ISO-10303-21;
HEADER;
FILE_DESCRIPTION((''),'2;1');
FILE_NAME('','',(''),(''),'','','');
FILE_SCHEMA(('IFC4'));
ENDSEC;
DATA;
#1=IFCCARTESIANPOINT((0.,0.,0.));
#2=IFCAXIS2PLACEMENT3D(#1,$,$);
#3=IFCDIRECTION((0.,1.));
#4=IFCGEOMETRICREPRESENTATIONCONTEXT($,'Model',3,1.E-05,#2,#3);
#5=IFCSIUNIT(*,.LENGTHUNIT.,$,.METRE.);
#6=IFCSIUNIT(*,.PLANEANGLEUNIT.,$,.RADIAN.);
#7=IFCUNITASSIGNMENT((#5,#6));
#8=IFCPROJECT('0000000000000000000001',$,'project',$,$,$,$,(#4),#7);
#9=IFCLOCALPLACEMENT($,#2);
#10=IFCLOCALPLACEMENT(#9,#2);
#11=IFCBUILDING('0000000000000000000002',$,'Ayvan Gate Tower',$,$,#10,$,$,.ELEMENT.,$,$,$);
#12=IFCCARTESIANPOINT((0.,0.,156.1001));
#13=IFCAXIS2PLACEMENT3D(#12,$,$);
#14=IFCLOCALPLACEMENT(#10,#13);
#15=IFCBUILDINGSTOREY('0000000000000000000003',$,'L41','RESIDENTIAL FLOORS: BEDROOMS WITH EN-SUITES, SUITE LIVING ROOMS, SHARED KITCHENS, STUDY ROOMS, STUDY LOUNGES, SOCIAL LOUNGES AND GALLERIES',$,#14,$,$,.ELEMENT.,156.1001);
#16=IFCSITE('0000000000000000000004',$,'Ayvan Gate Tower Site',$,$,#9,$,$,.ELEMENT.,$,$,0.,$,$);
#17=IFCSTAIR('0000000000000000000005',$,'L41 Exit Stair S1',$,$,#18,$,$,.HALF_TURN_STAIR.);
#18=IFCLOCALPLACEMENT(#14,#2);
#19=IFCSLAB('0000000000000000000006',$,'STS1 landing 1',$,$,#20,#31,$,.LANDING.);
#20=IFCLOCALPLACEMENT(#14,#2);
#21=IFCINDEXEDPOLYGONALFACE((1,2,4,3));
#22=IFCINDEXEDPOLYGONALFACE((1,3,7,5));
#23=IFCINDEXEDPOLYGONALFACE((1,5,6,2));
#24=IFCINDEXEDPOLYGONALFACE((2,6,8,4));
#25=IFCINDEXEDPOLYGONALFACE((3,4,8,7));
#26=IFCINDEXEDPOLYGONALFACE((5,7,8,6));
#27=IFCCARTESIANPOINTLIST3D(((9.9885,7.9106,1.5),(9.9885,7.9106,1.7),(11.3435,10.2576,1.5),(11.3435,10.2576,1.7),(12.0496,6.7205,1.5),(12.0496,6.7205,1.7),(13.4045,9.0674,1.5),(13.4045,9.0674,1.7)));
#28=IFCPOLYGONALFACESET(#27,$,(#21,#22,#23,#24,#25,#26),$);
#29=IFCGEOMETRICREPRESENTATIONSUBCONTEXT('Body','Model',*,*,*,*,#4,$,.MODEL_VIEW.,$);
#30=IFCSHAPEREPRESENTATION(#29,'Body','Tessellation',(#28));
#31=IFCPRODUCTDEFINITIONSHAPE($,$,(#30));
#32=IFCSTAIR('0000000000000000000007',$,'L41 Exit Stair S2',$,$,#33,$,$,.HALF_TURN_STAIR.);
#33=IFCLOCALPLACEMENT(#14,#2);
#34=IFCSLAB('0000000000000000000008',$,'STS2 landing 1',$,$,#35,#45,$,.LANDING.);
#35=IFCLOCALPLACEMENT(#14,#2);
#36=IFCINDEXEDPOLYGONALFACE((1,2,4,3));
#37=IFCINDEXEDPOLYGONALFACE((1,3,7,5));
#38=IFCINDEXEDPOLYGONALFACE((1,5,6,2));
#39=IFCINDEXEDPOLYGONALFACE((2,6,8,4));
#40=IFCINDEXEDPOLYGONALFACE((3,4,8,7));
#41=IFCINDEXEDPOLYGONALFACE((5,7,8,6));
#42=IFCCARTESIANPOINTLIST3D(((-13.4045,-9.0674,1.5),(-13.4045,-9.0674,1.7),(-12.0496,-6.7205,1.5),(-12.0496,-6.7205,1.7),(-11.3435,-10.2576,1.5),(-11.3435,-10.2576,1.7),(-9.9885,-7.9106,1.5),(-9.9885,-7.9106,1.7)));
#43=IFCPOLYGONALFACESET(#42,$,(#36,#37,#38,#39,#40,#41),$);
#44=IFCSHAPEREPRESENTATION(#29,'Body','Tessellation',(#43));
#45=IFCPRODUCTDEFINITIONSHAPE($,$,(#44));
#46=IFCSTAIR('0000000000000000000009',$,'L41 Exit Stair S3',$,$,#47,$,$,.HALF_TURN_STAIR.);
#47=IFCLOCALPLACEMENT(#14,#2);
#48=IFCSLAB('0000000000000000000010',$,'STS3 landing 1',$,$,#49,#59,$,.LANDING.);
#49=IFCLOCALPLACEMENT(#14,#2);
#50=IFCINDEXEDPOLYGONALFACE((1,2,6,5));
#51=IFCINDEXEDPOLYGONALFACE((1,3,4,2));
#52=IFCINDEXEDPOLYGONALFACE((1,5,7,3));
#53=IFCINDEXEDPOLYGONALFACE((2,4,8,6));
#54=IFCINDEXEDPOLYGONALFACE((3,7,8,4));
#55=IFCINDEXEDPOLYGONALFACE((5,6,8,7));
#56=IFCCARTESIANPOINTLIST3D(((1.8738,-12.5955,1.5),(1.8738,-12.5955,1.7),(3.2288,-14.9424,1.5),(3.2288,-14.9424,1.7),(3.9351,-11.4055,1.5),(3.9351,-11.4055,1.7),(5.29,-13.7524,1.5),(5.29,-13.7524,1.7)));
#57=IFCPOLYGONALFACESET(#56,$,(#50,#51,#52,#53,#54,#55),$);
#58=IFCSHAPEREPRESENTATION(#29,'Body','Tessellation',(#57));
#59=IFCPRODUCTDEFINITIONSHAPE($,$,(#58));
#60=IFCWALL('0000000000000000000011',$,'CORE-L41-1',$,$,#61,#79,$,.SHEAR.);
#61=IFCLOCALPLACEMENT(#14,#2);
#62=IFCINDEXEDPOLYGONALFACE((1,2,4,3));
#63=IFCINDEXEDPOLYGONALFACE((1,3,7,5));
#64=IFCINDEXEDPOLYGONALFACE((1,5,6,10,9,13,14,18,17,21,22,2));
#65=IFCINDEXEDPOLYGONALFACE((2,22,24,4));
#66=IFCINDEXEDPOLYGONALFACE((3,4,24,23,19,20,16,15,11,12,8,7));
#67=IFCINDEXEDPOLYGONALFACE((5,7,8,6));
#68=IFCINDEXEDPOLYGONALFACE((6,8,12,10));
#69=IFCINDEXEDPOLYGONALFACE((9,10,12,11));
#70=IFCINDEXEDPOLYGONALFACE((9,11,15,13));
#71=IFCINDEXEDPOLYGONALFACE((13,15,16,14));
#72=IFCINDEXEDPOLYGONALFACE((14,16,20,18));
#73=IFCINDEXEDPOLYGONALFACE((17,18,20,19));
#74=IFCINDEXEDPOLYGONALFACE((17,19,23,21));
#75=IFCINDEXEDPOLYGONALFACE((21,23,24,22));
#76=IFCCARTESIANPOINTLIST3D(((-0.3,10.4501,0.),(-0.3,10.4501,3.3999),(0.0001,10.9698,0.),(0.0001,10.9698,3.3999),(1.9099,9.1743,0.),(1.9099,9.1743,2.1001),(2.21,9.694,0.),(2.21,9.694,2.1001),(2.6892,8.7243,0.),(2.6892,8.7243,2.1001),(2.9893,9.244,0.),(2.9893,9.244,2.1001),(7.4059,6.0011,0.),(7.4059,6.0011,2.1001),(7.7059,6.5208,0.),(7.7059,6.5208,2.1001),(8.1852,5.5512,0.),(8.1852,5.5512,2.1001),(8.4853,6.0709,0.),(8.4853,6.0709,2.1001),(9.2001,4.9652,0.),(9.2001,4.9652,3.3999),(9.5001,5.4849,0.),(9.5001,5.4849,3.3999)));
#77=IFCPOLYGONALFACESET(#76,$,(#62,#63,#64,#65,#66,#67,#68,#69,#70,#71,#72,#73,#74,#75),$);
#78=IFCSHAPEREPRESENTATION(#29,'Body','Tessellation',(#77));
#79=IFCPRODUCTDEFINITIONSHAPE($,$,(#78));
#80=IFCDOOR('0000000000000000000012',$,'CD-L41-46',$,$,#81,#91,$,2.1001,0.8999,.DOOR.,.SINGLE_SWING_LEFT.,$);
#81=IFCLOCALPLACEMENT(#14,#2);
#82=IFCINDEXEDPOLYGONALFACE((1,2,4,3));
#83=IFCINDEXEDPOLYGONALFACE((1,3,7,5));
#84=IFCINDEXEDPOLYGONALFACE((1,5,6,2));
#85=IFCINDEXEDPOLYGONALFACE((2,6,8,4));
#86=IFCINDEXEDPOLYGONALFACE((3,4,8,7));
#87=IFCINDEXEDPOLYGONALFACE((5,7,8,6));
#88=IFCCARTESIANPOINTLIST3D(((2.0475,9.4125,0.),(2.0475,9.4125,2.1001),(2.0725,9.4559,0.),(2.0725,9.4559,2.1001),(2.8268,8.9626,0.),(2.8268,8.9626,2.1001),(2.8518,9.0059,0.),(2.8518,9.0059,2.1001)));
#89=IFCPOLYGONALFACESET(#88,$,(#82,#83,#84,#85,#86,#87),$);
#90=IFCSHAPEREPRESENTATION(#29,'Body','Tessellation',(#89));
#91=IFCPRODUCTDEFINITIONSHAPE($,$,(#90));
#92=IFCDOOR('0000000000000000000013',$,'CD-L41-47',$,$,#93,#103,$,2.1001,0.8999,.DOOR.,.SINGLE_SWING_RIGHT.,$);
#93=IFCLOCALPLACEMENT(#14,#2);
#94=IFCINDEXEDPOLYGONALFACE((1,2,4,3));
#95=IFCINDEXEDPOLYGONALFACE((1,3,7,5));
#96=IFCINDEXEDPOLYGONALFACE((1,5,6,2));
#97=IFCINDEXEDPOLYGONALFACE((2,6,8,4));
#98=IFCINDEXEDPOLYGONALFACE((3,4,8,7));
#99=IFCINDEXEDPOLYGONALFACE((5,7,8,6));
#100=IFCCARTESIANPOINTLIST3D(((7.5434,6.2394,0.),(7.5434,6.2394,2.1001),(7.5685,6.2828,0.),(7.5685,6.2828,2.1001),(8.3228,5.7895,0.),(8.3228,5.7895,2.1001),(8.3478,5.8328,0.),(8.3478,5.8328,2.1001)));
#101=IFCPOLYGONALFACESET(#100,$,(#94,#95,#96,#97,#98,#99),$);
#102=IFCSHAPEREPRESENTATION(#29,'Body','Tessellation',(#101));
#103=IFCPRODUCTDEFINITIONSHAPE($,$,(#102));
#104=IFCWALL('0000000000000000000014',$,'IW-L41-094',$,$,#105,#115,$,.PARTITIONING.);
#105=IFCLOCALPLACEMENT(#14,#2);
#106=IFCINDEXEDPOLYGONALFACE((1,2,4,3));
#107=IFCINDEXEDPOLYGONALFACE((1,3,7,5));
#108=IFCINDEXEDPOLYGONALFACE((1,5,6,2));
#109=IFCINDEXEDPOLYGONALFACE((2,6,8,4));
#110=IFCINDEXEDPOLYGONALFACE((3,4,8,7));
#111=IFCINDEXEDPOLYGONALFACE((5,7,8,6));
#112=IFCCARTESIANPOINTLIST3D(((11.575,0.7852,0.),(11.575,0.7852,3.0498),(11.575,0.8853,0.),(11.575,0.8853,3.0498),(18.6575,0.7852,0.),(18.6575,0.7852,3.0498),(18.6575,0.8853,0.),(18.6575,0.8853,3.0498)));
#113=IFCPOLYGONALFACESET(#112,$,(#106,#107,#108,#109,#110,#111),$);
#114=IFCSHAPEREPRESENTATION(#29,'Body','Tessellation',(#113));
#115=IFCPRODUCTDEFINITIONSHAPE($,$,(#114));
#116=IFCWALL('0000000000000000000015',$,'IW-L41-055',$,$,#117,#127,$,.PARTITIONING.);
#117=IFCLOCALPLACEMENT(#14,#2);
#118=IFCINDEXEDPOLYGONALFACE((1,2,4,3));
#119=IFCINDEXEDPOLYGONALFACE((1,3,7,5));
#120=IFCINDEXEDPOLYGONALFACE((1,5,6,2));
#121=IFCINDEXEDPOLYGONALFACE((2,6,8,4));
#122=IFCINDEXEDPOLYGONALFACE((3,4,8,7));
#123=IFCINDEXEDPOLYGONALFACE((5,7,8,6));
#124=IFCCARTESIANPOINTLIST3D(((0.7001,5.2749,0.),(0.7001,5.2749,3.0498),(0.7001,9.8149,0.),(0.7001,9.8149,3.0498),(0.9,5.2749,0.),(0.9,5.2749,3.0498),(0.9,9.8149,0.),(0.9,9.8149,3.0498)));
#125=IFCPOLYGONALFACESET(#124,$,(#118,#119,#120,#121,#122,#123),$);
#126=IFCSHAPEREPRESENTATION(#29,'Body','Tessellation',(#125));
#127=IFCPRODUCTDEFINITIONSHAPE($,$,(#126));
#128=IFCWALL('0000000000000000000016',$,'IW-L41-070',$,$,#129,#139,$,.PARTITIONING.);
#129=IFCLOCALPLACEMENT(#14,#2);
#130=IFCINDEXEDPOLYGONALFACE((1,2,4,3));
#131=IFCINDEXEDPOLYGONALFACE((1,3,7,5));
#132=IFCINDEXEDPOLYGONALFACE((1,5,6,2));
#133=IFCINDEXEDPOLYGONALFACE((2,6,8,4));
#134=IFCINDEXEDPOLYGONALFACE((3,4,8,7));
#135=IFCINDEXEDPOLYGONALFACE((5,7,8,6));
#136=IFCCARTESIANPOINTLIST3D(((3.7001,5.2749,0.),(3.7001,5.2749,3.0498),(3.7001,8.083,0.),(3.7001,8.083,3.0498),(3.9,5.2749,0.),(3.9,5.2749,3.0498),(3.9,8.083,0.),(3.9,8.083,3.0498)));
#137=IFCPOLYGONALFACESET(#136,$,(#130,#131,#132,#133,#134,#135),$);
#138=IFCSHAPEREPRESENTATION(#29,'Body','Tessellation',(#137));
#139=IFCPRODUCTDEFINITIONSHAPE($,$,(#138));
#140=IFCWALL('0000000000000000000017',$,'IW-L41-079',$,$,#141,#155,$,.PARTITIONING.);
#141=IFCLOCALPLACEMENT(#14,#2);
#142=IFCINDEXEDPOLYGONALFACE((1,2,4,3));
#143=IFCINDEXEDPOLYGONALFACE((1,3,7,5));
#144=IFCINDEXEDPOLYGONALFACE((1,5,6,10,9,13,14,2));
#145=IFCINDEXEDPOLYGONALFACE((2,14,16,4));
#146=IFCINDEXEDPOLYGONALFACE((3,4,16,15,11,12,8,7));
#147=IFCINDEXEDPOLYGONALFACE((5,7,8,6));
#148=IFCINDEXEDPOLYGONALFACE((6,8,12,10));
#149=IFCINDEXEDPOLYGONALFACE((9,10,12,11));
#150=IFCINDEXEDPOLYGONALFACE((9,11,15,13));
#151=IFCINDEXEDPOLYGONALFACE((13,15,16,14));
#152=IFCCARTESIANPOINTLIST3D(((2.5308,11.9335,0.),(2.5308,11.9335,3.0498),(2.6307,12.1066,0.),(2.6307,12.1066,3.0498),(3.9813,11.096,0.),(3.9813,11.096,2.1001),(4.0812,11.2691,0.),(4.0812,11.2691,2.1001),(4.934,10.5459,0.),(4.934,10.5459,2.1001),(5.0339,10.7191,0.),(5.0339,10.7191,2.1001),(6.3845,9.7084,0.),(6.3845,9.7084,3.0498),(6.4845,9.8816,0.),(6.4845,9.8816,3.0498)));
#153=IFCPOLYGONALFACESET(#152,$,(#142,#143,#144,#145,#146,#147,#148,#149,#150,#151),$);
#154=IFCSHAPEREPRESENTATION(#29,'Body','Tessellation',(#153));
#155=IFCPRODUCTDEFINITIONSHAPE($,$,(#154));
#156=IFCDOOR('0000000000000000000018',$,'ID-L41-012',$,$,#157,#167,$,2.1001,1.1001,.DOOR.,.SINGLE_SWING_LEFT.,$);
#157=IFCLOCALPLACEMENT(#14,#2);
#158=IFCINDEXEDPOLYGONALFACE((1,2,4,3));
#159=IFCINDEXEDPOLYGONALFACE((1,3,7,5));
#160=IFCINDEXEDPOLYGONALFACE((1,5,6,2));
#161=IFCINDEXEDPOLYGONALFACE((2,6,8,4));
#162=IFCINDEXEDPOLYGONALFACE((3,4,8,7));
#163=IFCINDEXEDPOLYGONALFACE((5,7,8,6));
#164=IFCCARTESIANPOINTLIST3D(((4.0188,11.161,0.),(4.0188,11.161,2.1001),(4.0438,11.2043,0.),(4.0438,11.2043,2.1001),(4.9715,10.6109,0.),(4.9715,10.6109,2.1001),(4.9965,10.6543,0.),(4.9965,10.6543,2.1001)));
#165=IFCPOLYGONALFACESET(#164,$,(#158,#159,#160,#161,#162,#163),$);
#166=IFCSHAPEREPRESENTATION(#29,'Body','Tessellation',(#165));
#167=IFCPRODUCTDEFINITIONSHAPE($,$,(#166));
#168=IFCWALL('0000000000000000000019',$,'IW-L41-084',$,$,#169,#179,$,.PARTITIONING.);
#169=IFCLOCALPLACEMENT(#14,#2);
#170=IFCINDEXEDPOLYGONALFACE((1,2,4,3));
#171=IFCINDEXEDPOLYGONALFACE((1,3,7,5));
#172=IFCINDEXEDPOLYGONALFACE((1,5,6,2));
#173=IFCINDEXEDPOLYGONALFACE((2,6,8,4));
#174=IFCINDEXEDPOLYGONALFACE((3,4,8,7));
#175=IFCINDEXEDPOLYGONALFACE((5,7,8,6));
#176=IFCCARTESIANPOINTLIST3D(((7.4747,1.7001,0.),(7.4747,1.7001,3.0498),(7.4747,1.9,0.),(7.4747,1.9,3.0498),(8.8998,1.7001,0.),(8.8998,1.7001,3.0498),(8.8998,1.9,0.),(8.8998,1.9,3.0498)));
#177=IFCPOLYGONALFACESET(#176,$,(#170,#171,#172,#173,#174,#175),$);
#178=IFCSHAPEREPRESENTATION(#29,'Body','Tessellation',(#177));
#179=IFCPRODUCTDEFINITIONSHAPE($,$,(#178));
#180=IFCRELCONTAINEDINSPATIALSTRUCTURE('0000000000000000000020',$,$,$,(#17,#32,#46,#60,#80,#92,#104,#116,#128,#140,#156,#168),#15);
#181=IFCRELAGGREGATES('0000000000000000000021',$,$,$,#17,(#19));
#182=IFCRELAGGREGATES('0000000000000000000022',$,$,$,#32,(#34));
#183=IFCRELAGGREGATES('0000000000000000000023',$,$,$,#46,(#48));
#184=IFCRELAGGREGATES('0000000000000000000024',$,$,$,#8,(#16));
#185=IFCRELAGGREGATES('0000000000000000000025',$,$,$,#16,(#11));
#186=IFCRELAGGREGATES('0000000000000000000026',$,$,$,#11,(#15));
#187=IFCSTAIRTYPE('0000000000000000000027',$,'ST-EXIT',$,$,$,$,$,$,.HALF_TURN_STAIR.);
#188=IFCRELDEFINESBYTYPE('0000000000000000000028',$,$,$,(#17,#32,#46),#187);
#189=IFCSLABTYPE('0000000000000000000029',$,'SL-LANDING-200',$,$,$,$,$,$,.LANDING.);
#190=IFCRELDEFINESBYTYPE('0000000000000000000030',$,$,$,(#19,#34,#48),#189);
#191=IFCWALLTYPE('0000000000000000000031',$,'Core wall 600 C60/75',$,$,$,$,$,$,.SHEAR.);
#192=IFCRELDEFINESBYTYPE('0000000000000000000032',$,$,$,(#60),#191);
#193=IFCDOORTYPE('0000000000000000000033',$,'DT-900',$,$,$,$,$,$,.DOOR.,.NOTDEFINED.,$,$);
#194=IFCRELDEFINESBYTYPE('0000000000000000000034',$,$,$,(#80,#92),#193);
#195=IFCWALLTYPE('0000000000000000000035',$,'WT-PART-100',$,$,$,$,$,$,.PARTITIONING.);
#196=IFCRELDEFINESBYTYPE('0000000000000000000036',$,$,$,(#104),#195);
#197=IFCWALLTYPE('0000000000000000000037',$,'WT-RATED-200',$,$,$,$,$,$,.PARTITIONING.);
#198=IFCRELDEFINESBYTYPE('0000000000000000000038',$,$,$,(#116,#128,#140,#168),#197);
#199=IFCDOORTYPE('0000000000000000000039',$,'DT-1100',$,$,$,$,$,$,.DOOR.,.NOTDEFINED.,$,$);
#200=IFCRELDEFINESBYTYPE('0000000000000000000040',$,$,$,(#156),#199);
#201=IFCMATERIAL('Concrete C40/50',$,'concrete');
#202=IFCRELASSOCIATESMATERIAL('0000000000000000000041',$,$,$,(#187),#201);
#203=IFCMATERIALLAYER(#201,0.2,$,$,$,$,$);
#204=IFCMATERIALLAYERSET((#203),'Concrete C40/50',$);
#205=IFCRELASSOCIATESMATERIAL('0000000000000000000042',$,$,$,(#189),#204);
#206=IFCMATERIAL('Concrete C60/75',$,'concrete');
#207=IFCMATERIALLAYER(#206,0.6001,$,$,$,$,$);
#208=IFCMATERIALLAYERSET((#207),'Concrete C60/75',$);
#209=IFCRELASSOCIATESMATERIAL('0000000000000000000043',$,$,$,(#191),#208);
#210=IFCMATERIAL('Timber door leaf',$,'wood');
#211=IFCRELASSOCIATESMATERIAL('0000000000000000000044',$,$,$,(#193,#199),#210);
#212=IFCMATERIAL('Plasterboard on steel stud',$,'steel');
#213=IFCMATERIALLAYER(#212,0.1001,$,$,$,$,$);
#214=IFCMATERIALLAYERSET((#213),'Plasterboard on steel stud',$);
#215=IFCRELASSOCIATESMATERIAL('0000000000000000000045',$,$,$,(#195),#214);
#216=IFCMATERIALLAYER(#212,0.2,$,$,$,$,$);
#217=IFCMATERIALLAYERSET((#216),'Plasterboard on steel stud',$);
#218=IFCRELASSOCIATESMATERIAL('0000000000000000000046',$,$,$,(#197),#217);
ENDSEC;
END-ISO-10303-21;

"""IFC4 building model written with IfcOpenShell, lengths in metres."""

from ifc_helpers import new_model, si_unit, direction, frame, frame_2d, origin, place, context, subcontext, project, spatial, polyline, rectangle, outline, extrude, material, layer, layer_set, type_object, element, fill, aggregate, save


model = new_model("IFC4")

# Units and contexts
model_context = context("Model", 3, precision=1e-05, world=origin(), true_north=direction((0.0, 1.0)))
body_context = subcontext(model_context, "Body", "Model", "MODEL_VIEW")
ifc_project = project(units=[si_unit("LENGTHUNIT", "METRE"), si_unit("PLANEANGLEUNIT", "RADIAN")], contexts=[model_context])

# Site, building, storey
site_placement = place(None, origin())
site = spatial("IfcSite", under=ifc_project, at=site_placement, Name="Ayvan Gate Tower Site", CompositionType="ELEMENT", RefElevation=0.0)
building_placement = place(site_placement, origin())
building = spatial("IfcBuilding", under=site, at=building_placement, Name="Ayvan Gate Tower", CompositionType="ELEMENT")
storey_placement = place(building_placement, frame((0.0, 0.0, 156.1001)))
storey = spatial("IfcBuildingStorey", under=building, at=storey_placement, Name="L41", Description="RESIDENTIAL FLOORS: BEDROOMS WITH EN-SUITES, SUITE LIVING ROOMS, SHARED KITCHENS, STUDY ROOMS, STUDY LOUNGES, SOCIAL LOUNGES AND GALLERIES", CompositionType="ELEMENT", Elevation=156.1001)

# Stairs, slabs
ifc_material_1 = material(Name="Concrete C40/50", Category="concrete")
stair_type = type_object("IfcStairType", Name="ST-EXIT", PredefinedType="HALF_TURN_STAIR", material=ifc_material_1)
stair_1_placement = place(storey_placement, origin())
stair_1 = element("IfcStair", 1, at=stair_1_placement, inside=storey, type_object=stair_type, Name="L41 Exit Stair S1", PredefinedType="HALF_TURN_STAIR")
ifc_layer_1 = layer(ifc_material_1, 0.2)
ifc_layer_set_1 = layer_set([ifc_layer_1], Name="Concrete C40/50")
slab_type = type_object("IfcSlabType", Name="SL-LANDING-200", PredefinedType="LANDING", material=ifc_layer_set_1)
slab_1_placement = place(storey_placement, frame((0.0, 0.0, 1.5)))
slab_1 = element("IfcSlab", 2, at=slab_1_placement, type_object=slab_type, Name="STS1 landing 1", PredefinedType="LANDING", context=body_context, shape_type="SweptSolid", body=[
    extrude(outline(polyline([(9.9885, 7.9106), (12.0496, 6.7205), (13.4045, 9.0674), (11.3435, 10.2576), (9.9885, 7.9106)])), origin(), (0.0, 0.0, 1.0), 0.2),
])
aggregate(stair_1, [slab_1])
stair_2_placement = place(storey_placement, origin())
stair_2 = element("IfcStair", 3, at=stair_2_placement, inside=storey, type_object=stair_type, Name="L41 Exit Stair S2", PredefinedType="HALF_TURN_STAIR")
slab_2_placement = place(storey_placement, frame((0.0, 0.0, 1.5)))
slab_2 = element("IfcSlab", 4, at=slab_2_placement, type_object=slab_type, Name="STS2 landing 1", PredefinedType="LANDING", context=body_context, shape_type="SweptSolid", body=[
    extrude(outline(polyline([(-9.9885, -7.9106), (-12.0496, -6.7205), (-13.4045, -9.0674), (-11.3435, -10.2576), (-9.9885, -7.9106)])), origin(), (0.0, 0.0, 1.0), 0.2),
])
aggregate(stair_2, [slab_2])
stair_3_placement = place(storey_placement, origin())
stair_3 = element("IfcStair", 5, at=stair_3_placement, inside=storey, type_object=stair_type, Name="L41 Exit Stair S3", PredefinedType="HALF_TURN_STAIR")
slab_3_placement = place(storey_placement, frame((0.0, 0.0, 1.5)))
slab_3 = element("IfcSlab", 6, at=slab_3_placement, type_object=slab_type, Name="STS3 landing 1", PredefinedType="LANDING", context=body_context, shape_type="SweptSolid", body=[
    extrude(outline(polyline([(3.9351, -11.4055), (1.8738, -12.5955), (3.2288, -14.9424), (5.29, -13.7524), (3.9351, -11.4055)])), origin(), (0.0, 0.0, 1.0), 0.2),
])
aggregate(stair_3, [slab_3])

# Wall, openings, doors
ifc_material_2 = material(Name="Concrete C60/75", Category="concrete")
ifc_layer_2 = layer(ifc_material_2, 0.6001)
ifc_layer_set_2 = layer_set([ifc_layer_2], Name="Concrete C60/75")
wall_type_1 = type_object("IfcWallType", Name="Core wall 600 C60/75", PredefinedType="SHEAR", material=ifc_layer_set_2)
wall_1_placement = place(storey_placement, frame((9.3501, 5.2251, 0.0), z_axis=(0.0, 0.0, 1.0), x_axis=(-0.866024, 0.500002, 0.0)))
wall_1 = element("IfcWall", 7, at=wall_1_placement, inside=storey, type_object=wall_type_1, Name="CORE-L41-1", PredefinedType="SHEAR", context=body_context, shape_type="SweptSolid", body=[
    extrude(rectangle(XDim=10.9697, YDim=0.6001, at=frame_2d((5.4849, 0.0))), origin(), (0.0, 0.0, 1.0), 3.3999),
])
opening_1_placement = place(wall_1_placement, frame((7.5181, 0.0, 0.0)))
opening_1 = element("IfcOpeningElement", 8, at=opening_1_placement, cuts=wall_1, PredefinedType="OPENING", context=body_context, shape_type="SweptSolid", body=[
    extrude(rectangle(XDim=0.8999, YDim=2.1001, at=frame_2d((0.45, 1.05))), frame((0.0, 0.3101, 0.0), z_axis=(0.0, -1.0, 0.0), x_axis=(1.0, 0.0, 0.0)), (0.0, 0.0, 1.0), 0.6201),
])
opening_2_placement = place(wall_1_placement, frame((1.1719, 0.0, 0.0)))
opening_2 = element("IfcOpeningElement", 9, at=opening_2_placement, cuts=wall_1, PredefinedType="OPENING", context=body_context, shape_type="SweptSolid", body=[
    extrude(rectangle(XDim=0.8999, YDim=2.1001, at=frame_2d((0.45, 1.05))), frame((0.0, 0.3101, 0.0), z_axis=(0.0, -1.0, 0.0), x_axis=(1.0, 0.0, 0.0)), (0.0, 0.0, 1.0), 0.6201),
])
ifc_material_3 = material(Name="Timber door leaf", Category="wood")
door_type_1 = type_object("IfcDoorType", Name="DT-900", OperationType="NOTDEFINED", PredefinedType="DOOR", material=ifc_material_3)
door_1_placement = place(opening_1_placement, origin())
door_1 = element("IfcDoor", 10, at=door_1_placement, inside=storey, type_object=door_type_1, Name="CD-L41-46", OperationType="SINGLE_SWING_LEFT", OverallHeight=2.1001, OverallWidth=0.8999, PredefinedType="DOOR", context=body_context, shape_type="SweptSolid", body=[
    extrude(rectangle(XDim=0.8999, YDim=2.1001, at=frame_2d((0.45, 1.05))), frame((0.0, 0.0249, 0.0), z_axis=(0.0, -1.0, 0.0), x_axis=(1.0, 0.0, 0.0)), (0.0, 0.0, 1.0), 0.05),
])
fill(opening_1, door_1)
door_2_placement = place(opening_2_placement, origin())
door_2 = element("IfcDoor", 11, at=door_2_placement, inside=storey, type_object=door_type_1, Name="CD-L41-47", OperationType="SINGLE_SWING_RIGHT", OverallHeight=2.1001, OverallWidth=0.8999, PredefinedType="DOOR", context=body_context, shape_type="SweptSolid", body=[
    extrude(rectangle(XDim=0.8999, YDim=2.1001, at=frame_2d((0.45, 1.05))), frame((0.0, 0.0249, 0.0), z_axis=(0.0, -1.0, 0.0), x_axis=(1.0, 0.0, 0.0)), (0.0, 0.0, 1.0), 0.05),
])
fill(opening_2, door_2)

# Walls
ifc_material_4 = material(Name="Plasterboard on steel stud", Category="steel")
ifc_layer_3 = layer(ifc_material_4, 0.1001)
ifc_layer_set_3 = layer_set([ifc_layer_3], Name="Plasterboard on steel stud")
wall_type_2 = type_object("IfcWallType", Name="WT-PART-100", PredefinedType="PARTITIONING", material=ifc_layer_set_3)
wall_2_placement = place(storey_placement, frame((11.575, 0.8352, 0.0), z_axis=(0.0, 0.0, 1.0), x_axis=(1.0, 0.0, 0.0)))
element("IfcWall", 12, at=wall_2_placement, inside=storey, type_object=wall_type_2, Name="IW-L41-094", PredefinedType="PARTITIONING", context=body_context, shape_type="SweptSolid", body=[
    extrude(rectangle(XDim=7.0825, YDim=0.1001, at=frame_2d((3.5413, 0.0))), origin(), (0.0, 0.0, 1.0), 3.0498),
])
ifc_layer_4 = layer(ifc_material_4, 0.2)
ifc_layer_set_4 = layer_set([ifc_layer_4], Name="Plasterboard on steel stud")
wall_type_3 = type_object("IfcWallType", Name="WT-RATED-200", PredefinedType="PARTITIONING", material=ifc_layer_set_4)
wall_3_placement = place(storey_placement, frame((0.8, 9.8149, 0.0), z_axis=(0.0, 0.0, 1.0), x_axis=(0.0, -1.0, 0.0)))
element("IfcWall", 13, at=wall_3_placement, inside=storey, type_object=wall_type_3, Name="IW-L41-055", PredefinedType="PARTITIONING", context=body_context, shape_type="SweptSolid", body=[
    extrude(rectangle(XDim=4.54, YDim=0.2, at=frame_2d((2.27, 0.0))), origin(), (0.0, 0.0, 1.0), 3.0498),
])
wall_4_placement = place(storey_placement, frame((3.8, 8.083, 0.0), z_axis=(0.0, 0.0, 1.0), x_axis=(0.0, -1.0, 0.0)))
element("IfcWall", 14, at=wall_4_placement, inside=storey, type_object=wall_type_3, Name="IW-L41-070", PredefinedType="PARTITIONING", context=body_context, shape_type="SweptSolid", body=[
    extrude(rectangle(XDim=2.8081, YDim=0.2, at=frame_2d((1.4041, 0.0))), origin(), (0.0, 0.0, 1.0), 3.0498),
])

# Wall, opening, door
wall_5_placement = place(storey_placement, frame((6.4346, 9.7949, 0.0), z_axis=(0.0, 0.0, 1.0), x_axis=(-0.866013, 0.500022, 0.0)))
wall_5 = element("IfcWall", 15, at=wall_5_placement, inside=storey, type_object=wall_type_3, Name="IW-L41-079", PredefinedType="PARTITIONING", context=body_context, shape_type="SweptSolid", body=[
    extrude(rectangle(XDim=4.45, YDim=0.2, at=frame_2d((2.2251, 0.0))), origin(), (0.0, 0.0, 1.0), 3.0498),
])
opening_3_placement = place(wall_5_placement, frame((1.675, 0.0, 0.0)))
opening_3 = element("IfcOpeningElement", 16, at=opening_3_placement, cuts=wall_5, PredefinedType="OPENING", context=body_context, shape_type="SweptSolid", body=[
    extrude(rectangle(XDim=1.1001, YDim=2.1001, at=frame_2d((0.55, 1.05))), frame((0.0, 0.1099, 0.0), z_axis=(0.0, -1.0, 0.0), x_axis=(1.0, 0.0, 0.0)), (0.0, 0.0, 1.0), 0.22),
])
door_type_2 = type_object("IfcDoorType", Name="DT-1100", OperationType="NOTDEFINED", PredefinedType="DOOR", material=ifc_material_3)
door_3_placement = place(opening_3_placement, origin())
door_3 = element("IfcDoor", 17, at=door_3_placement, inside=storey, type_object=door_type_2, Name="ID-L41-012", OperationType="SINGLE_SWING_LEFT", OverallHeight=2.1001, OverallWidth=1.1001, PredefinedType="DOOR", context=body_context, shape_type="SweptSolid", body=[
    extrude(rectangle(XDim=1.1001, YDim=2.1001, at=frame_2d((0.55, 1.05))), frame((0.0, 0.0249, 0.0), z_axis=(0.0, -1.0, 0.0), x_axis=(1.0, 0.0, 0.0)), (0.0, 0.0, 1.0), 0.05),
])
fill(opening_3, door_3)

# Wall
wall_6_placement = place(storey_placement, frame((7.4749, 1.8, 0.0), z_axis=(0.0, 0.0, 1.0), x_axis=(1.0, 0.0, 0.0)))
element("IfcWall", 18, at=wall_6_placement, inside=storey, type_object=wall_type_3, Name="IW-L41-084", PredefinedType="PARTITIONING", context=body_context, shape_type="SweptSolid", body=[
    extrude(rectangle(XDim=1.425, YDim=0.2, at=frame_2d((0.7124, 0.0))), origin(), (0.0, 0.0, 1.0), 3.0498),
])

save(model, "model.ifc")
